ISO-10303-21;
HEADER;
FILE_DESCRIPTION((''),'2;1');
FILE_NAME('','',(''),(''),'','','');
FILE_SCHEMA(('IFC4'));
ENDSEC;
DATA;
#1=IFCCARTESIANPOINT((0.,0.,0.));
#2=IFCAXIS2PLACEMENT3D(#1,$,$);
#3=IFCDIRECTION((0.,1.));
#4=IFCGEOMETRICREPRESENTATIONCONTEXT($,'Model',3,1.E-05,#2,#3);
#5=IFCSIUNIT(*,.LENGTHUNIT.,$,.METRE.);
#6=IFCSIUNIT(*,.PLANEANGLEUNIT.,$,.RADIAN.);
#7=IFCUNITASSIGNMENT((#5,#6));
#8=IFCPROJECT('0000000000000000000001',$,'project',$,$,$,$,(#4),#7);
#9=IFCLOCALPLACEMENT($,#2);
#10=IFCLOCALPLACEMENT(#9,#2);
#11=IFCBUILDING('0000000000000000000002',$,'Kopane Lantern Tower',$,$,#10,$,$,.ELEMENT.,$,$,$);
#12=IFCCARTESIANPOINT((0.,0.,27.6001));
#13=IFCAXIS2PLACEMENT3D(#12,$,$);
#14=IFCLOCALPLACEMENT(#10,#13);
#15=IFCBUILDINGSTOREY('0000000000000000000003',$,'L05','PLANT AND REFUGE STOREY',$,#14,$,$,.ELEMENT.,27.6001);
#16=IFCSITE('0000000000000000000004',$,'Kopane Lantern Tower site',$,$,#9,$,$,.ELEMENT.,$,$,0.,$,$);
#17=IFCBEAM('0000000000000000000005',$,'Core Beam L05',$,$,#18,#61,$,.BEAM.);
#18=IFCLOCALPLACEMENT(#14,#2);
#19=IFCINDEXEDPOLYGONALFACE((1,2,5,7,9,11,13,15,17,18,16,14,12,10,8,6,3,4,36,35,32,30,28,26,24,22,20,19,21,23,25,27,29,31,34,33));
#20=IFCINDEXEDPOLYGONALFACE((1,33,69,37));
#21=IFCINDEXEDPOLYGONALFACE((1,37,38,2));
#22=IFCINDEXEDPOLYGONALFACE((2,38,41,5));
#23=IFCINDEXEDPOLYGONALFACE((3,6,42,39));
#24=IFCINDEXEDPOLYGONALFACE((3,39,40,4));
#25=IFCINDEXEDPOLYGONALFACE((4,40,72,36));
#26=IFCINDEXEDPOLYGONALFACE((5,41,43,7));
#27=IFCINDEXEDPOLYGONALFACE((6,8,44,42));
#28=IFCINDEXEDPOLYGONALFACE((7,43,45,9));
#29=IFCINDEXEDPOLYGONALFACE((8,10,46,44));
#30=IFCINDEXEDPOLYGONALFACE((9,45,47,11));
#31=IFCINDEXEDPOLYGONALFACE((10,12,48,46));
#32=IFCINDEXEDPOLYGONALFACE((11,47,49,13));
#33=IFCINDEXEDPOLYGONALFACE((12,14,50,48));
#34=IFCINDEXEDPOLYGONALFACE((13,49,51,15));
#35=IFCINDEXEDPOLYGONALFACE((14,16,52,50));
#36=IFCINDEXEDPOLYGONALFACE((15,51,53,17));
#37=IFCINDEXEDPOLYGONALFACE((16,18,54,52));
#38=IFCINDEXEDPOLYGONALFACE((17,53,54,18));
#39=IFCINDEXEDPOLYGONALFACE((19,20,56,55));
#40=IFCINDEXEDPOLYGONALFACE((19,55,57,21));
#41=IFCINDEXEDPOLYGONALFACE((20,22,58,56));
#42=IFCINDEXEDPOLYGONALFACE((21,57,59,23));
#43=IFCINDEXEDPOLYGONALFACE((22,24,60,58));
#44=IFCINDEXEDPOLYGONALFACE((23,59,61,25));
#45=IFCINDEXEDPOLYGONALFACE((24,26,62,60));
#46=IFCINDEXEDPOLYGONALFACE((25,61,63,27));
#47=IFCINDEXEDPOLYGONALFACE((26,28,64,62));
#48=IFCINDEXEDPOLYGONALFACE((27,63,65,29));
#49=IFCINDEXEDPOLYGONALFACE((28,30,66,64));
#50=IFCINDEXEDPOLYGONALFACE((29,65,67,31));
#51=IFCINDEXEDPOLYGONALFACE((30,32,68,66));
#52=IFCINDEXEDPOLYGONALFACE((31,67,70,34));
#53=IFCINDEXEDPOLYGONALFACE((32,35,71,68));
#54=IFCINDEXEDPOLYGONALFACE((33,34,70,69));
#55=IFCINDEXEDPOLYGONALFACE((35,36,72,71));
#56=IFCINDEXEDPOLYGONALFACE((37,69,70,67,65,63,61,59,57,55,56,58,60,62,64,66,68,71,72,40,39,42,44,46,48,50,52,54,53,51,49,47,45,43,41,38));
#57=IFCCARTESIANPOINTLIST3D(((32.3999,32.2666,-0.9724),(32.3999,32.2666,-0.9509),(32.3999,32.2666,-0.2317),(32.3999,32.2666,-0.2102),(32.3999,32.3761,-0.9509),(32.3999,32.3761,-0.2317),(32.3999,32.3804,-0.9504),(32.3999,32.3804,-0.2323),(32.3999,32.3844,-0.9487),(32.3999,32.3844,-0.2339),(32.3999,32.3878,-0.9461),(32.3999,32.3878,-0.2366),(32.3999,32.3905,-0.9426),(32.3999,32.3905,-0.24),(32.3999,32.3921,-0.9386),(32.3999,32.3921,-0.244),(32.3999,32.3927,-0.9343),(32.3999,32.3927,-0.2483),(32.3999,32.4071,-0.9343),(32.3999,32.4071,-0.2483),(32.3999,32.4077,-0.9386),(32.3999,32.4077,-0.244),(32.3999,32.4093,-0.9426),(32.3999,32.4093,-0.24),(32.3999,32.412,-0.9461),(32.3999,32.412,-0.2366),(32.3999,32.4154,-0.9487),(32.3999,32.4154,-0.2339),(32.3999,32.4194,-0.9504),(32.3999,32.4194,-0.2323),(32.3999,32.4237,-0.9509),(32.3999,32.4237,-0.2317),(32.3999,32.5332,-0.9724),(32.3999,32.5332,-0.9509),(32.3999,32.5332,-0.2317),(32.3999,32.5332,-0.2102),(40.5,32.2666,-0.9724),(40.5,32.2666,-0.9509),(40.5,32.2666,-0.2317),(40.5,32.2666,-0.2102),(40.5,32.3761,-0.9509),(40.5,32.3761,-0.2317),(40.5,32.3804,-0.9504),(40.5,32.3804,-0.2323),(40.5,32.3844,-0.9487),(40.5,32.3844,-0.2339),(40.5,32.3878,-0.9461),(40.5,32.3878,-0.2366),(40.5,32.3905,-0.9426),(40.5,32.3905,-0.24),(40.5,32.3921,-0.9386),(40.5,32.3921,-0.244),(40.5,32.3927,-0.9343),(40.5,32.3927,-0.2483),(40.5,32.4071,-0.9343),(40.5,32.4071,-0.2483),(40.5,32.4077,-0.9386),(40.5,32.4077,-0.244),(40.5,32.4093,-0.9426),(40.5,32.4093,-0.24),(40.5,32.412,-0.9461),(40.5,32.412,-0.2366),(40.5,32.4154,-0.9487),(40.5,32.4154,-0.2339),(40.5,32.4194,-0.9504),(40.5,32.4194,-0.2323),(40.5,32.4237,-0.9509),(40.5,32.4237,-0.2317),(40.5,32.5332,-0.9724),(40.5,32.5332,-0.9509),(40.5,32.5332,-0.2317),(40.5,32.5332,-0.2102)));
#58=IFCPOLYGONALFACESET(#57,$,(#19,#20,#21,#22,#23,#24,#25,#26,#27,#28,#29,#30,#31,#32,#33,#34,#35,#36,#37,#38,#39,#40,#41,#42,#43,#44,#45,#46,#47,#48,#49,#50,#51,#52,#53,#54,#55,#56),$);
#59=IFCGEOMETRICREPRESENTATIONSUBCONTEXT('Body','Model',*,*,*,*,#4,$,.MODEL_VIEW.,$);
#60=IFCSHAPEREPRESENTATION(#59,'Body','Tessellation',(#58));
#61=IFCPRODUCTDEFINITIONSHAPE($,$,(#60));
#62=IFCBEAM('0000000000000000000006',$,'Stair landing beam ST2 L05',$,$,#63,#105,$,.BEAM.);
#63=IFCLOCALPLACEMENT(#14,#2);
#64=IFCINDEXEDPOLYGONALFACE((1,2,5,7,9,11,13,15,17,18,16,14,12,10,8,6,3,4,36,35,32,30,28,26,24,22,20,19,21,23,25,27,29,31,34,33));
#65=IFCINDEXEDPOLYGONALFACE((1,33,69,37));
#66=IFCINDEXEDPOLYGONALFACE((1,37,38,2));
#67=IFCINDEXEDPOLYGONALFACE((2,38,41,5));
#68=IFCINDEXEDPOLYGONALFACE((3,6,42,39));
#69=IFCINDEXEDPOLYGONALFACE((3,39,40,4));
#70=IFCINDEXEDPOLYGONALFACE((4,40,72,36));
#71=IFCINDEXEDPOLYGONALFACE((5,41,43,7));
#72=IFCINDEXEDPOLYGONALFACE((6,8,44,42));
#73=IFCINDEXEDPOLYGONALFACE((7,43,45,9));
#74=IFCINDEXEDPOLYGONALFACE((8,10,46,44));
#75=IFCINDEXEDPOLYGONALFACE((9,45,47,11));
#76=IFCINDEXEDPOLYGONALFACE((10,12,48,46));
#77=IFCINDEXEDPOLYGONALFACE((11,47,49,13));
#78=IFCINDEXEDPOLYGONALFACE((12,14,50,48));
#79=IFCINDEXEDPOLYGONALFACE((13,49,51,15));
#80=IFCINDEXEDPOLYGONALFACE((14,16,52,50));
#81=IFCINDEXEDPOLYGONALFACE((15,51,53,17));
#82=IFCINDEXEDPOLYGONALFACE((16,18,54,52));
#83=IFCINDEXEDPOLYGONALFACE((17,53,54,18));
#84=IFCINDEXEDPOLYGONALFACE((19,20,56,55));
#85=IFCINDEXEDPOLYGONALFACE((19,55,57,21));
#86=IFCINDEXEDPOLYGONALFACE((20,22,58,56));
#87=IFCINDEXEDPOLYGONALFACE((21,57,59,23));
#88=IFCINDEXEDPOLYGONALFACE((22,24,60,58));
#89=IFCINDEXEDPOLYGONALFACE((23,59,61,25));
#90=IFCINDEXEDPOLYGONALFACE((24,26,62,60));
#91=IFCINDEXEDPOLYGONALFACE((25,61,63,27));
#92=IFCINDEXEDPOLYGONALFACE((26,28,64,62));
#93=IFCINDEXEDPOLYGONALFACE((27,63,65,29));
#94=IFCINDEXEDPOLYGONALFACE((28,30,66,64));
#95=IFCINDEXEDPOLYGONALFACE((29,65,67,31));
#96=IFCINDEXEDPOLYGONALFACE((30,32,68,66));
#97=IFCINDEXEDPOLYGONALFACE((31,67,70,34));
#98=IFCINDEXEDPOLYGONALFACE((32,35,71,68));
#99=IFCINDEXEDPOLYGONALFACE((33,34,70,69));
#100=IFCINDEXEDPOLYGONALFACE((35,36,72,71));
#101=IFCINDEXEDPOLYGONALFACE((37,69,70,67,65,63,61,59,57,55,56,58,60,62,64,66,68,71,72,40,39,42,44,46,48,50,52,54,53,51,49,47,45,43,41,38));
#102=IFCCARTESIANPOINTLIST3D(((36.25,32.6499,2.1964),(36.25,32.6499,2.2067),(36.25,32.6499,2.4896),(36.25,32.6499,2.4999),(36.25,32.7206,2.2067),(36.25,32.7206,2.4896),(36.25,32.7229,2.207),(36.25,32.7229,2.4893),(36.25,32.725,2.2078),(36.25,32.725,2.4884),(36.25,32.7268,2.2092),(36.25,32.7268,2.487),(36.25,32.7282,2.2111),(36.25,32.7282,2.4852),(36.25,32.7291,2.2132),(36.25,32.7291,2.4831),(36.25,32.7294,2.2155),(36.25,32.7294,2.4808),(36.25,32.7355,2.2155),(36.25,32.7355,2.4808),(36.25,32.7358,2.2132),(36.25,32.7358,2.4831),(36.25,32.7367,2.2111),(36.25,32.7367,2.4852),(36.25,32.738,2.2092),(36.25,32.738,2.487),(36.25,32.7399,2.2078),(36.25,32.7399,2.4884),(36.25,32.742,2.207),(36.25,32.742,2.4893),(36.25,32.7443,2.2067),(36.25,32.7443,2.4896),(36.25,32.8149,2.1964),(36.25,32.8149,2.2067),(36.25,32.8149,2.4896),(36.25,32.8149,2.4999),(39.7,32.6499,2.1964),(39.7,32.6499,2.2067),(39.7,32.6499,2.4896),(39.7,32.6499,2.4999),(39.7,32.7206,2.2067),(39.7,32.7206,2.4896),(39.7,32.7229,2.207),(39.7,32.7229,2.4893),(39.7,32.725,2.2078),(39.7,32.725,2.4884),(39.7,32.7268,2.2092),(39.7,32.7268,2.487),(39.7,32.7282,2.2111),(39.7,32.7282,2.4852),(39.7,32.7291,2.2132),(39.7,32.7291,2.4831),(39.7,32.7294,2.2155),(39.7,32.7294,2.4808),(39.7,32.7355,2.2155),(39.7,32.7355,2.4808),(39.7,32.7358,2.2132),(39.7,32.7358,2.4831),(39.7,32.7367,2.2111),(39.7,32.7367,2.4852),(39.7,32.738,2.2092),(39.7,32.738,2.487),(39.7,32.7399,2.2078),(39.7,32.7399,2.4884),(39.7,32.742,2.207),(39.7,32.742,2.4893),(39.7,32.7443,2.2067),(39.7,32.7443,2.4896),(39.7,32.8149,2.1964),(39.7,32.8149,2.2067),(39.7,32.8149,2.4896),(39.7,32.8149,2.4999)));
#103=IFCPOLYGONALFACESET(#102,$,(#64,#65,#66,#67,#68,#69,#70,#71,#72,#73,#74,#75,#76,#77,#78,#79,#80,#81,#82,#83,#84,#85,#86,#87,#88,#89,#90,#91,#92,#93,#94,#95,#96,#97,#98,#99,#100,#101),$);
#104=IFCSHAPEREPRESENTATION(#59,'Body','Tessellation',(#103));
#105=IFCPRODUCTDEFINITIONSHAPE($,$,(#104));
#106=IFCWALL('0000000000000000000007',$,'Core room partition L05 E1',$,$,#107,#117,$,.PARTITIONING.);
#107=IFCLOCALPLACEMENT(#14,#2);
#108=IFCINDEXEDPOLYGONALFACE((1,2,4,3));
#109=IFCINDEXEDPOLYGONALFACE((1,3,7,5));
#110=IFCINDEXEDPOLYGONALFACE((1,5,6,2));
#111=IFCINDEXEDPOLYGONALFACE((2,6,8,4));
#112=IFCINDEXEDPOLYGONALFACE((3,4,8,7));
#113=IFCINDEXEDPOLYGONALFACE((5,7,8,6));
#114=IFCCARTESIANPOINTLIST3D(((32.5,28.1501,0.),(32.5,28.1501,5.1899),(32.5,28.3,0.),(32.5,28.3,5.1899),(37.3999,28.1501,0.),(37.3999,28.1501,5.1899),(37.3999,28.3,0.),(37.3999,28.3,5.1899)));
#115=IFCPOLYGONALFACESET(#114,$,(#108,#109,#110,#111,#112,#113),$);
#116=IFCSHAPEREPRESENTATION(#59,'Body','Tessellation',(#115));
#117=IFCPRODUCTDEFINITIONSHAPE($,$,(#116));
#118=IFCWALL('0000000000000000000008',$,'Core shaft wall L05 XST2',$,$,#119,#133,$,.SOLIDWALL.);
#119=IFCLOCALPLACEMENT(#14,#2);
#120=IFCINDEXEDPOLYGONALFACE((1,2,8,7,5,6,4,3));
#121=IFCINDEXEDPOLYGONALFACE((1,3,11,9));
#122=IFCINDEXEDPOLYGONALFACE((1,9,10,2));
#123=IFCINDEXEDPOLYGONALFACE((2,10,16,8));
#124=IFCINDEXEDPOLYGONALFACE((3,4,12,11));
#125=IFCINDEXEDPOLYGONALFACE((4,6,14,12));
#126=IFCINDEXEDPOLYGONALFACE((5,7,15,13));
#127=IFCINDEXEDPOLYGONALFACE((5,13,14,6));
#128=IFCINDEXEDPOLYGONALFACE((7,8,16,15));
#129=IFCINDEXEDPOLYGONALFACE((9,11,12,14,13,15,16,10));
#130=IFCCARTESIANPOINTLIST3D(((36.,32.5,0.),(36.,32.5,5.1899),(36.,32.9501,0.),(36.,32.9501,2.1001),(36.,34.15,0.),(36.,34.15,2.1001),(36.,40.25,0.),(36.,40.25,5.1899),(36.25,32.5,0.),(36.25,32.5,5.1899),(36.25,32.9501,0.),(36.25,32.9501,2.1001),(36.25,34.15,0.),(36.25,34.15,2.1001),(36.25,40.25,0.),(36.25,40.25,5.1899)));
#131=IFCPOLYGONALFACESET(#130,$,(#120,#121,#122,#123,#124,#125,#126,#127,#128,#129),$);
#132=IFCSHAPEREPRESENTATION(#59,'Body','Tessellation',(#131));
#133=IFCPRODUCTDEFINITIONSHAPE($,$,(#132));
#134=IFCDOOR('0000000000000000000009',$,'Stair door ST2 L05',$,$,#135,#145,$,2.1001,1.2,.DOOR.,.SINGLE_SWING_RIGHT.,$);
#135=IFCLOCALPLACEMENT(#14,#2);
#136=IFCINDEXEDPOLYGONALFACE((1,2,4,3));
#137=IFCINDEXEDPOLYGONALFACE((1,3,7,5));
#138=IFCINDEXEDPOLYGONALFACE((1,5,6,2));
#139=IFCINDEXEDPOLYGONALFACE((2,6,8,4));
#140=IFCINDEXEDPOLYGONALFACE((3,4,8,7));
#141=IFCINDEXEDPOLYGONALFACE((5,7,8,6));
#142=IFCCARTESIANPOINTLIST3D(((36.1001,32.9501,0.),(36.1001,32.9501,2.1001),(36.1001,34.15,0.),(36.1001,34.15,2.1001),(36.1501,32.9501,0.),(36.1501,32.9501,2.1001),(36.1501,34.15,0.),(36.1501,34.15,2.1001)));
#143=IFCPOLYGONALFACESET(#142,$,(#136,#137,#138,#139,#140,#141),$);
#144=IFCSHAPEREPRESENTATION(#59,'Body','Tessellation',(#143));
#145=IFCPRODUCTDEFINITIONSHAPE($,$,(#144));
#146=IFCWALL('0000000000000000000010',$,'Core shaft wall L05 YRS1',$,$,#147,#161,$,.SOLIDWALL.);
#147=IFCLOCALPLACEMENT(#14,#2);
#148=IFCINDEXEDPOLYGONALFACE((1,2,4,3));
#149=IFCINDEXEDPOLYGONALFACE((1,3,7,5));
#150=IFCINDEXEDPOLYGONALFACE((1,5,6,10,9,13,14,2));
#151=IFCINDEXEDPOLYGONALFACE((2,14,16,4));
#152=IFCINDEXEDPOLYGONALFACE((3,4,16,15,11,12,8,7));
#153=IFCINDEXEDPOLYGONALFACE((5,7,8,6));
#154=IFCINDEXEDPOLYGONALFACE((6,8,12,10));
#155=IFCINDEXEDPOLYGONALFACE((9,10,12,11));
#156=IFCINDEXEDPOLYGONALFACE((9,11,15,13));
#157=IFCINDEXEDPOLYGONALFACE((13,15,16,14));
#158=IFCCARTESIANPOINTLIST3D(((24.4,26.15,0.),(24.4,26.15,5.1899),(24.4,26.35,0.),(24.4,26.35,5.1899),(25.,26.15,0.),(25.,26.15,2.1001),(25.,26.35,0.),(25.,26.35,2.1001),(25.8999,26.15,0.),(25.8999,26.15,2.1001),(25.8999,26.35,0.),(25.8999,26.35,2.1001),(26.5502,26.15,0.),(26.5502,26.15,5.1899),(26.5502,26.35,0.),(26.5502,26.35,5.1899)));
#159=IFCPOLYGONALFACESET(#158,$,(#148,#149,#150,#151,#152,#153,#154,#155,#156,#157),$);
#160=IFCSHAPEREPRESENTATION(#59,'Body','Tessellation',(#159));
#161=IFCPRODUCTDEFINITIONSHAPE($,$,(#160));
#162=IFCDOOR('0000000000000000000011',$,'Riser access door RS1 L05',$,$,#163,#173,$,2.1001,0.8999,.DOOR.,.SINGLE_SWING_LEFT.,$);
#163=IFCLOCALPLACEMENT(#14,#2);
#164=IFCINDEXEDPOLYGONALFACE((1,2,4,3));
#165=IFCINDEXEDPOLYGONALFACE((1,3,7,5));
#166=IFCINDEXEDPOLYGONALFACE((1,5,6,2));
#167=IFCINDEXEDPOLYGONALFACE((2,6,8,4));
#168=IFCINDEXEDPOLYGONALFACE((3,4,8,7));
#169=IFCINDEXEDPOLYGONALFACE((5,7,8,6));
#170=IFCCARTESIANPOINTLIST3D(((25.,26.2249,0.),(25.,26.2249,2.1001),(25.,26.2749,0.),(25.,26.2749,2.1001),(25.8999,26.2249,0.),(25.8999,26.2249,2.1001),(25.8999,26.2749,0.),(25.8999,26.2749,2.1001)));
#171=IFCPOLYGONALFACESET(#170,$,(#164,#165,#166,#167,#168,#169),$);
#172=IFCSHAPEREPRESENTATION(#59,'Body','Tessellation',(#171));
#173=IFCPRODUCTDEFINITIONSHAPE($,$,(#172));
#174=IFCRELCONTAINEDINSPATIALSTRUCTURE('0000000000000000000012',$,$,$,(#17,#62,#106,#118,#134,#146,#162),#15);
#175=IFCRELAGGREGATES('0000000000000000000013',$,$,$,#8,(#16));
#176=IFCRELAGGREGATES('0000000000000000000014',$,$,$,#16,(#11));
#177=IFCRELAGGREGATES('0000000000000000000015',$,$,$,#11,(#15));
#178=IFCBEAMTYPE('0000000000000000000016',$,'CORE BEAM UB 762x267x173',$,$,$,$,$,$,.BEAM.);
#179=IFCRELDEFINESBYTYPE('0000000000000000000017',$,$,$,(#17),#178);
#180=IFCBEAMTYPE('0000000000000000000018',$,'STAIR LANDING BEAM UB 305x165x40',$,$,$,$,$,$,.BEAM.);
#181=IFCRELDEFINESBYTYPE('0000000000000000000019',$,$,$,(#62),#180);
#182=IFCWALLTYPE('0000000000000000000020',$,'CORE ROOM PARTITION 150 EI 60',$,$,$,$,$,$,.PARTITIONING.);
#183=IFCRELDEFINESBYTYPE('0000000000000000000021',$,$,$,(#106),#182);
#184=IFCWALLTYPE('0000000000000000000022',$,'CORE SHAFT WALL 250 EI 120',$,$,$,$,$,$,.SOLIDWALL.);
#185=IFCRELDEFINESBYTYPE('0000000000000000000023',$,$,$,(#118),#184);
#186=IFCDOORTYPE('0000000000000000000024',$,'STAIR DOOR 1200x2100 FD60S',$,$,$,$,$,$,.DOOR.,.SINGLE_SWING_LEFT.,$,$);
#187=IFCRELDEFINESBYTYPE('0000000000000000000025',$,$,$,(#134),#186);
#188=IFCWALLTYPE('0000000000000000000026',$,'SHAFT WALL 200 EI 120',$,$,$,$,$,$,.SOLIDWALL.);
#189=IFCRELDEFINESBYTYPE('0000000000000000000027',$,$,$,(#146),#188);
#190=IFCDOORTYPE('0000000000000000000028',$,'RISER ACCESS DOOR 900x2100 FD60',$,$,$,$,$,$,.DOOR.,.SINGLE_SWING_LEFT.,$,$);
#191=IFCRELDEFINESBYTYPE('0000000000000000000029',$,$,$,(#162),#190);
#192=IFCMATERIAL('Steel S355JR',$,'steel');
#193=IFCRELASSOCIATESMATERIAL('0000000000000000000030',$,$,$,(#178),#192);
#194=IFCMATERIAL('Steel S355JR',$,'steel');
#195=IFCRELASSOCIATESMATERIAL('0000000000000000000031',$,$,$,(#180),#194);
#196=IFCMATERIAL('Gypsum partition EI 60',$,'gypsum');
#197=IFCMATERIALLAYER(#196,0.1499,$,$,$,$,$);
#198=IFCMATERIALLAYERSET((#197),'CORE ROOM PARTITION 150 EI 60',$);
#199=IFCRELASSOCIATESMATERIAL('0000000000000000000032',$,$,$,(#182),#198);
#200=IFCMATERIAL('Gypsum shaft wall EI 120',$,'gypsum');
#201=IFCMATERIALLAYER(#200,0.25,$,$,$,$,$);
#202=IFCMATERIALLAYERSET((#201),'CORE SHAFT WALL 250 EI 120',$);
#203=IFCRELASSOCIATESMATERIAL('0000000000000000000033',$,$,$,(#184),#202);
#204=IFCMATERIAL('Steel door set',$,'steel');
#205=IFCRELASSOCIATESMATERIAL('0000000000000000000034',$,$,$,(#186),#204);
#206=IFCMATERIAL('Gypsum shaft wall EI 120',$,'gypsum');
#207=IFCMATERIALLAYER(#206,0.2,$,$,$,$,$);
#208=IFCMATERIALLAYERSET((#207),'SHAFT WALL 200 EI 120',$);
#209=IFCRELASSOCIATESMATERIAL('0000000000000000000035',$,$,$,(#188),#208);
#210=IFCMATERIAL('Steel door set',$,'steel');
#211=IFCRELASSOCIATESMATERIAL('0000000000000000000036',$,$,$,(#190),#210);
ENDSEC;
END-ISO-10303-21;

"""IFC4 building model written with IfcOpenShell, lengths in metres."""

from ifc_helpers import new_model, si_unit, direction, frame, frame_2d, origin, origin_2d, place, context, subcontext, project, spatial, rectangle, i_section, extrude, material, layer, layer_set, material_profile, profile_set, type_object, element, fill, save


model = new_model("IFC4")

# Units and contexts
model_context = context("Model", 3, precision=1e-05, world=origin(), true_north=direction((0.0, 1.0)))
body_context = subcontext(model_context, "Body", "Model", "MODEL_VIEW")
ifc_project = project(units=[si_unit("LENGTHUNIT", "METRE"), si_unit("PLANEANGLEUNIT", "RADIAN")], contexts=[model_context])

# Site, building, storey
site_placement = place(None, origin())
site = spatial("IfcSite", under=ifc_project, at=site_placement, Name="Kopane Lantern Tower site", CompositionType="ELEMENT", RefElevation=0.0)
building_placement = place(site_placement, origin())
building = spatial("IfcBuilding", under=site, at=building_placement, Name="Kopane Lantern Tower", CompositionType="ELEMENT")
storey_placement = place(building_placement, frame((0.0, 0.0, 27.6001)))
storey = spatial("IfcBuildingStorey", under=building, at=storey_placement, Name="L05", Description="PLANT AND REFUGE STOREY", CompositionType="ELEMENT", Elevation=27.6001)

# Beams
ifc_material_1 = material(Name="Steel S355JR", Category="steel")
ifc_material_profile_1 = material_profile(ifc_material_1, i_section(OverallWidth=0.2666, OverallDepth=0.7622, WebThickness=0.0144, FlangeThickness=0.0215, FilletRadius=0.0166, at=origin_2d()), Name="UB 762x267x173")
ifc_profile_set_1 = profile_set([ifc_material_profile_1], Name="Steel S355JR")
beam_type_1 = type_object("IfcBeamType", Name="CORE BEAM UB 762x267x173", PredefinedType="BEAM", material=ifc_profile_set_1)
for number, where, z_axis, x_axis, name in (
    (1, (32.3999, 32.3999, -0.5913), (1.0, 0.0, 0.0), (0.0, 1.0, 0.0), "Core Beam L05"),
):
    element("IfcBeam", number, at=place(storey_placement, frame(where, z_axis=z_axis, x_axis=x_axis)), inside=storey, type_object=beam_type_1, Name=name, PredefinedType="BEAM", context=body_context, shape_type="SweptSolid", body=[
        extrude(i_section(OverallWidth=0.2666, OverallDepth=0.7622, WebThickness=0.0144, FlangeThickness=0.0215, FilletRadius=0.0166, at=origin_2d()), origin(), (0.0, 0.0, 1.0), 8.1001),
    ])
ifc_material_2 = material(Name="Steel S355JR", Category="steel")
ifc_material_profile_2 = material_profile(ifc_material_2, i_section(OverallWidth=0.165, OverallDepth=0.3035, WebThickness=0.0061, FlangeThickness=0.0103, FilletRadius=0.0088, at=origin_2d()), Name="UB 305x165x40")
ifc_profile_set_2 = profile_set([ifc_material_profile_2], Name="Steel S355JR")
beam_type_2 = type_object("IfcBeamType", Name="STAIR LANDING BEAM UB 305x165x40", PredefinedType="BEAM", material=ifc_profile_set_2)
beam_1_placement = place(storey_placement, frame((39.7, 32.7324, 2.3481), z_axis=(-1.0, 0.0, 0.0), x_axis=(0.0, -1.0, 0.0)))
element("IfcBeam", 2, at=beam_1_placement, inside=storey, type_object=beam_type_2, Name="Stair landing beam ST2 L05", PredefinedType="BEAM", context=body_context, shape_type="SweptSolid", body=[
    extrude(i_section(OverallWidth=0.165, OverallDepth=0.3035, WebThickness=0.0061, FlangeThickness=0.0103, FilletRadius=0.0088, at=origin_2d()), origin(), (0.0, 0.0, 1.0), 3.45),
])

# Wall
ifc_material_3 = material(Name="Gypsum partition EI 60", Category="gypsum")
ifc_layer_1 = layer(ifc_material_3, 0.1499)
ifc_layer_set_1 = layer_set([ifc_layer_1], Name="CORE ROOM PARTITION 150 EI 60")
wall_type_1 = type_object("IfcWallType", Name="CORE ROOM PARTITION 150 EI 60", PredefinedType="PARTITIONING", material=ifc_layer_set_1)
wall_1_placement = place(storey_placement, frame((32.5, 28.2251, 0.0), z_axis=(0.0, 0.0, 1.0), x_axis=(1.0, 0.0, 0.0)))
element("IfcWall", 3, at=wall_1_placement, inside=storey, type_object=wall_type_1, Name="Core room partition L05 E1", PredefinedType="PARTITIONING", context=body_context, shape_type="SweptSolid", body=[
    extrude(rectangle(XDim=4.8999, YDim=0.1499, at=frame_2d((2.45, 0.0))), origin(), (0.0, 0.0, 1.0), 5.1899),
])

# Walls, openings, doors
ifc_material_4 = material(Name="Gypsum shaft wall EI 120", Category="gypsum")
ifc_layer_2 = layer(ifc_material_4, 0.25)
ifc_layer_set_2 = layer_set([ifc_layer_2], Name="CORE SHAFT WALL 250 EI 120")
wall_type_2 = type_object("IfcWallType", Name="CORE SHAFT WALL 250 EI 120", PredefinedType="SOLIDWALL", material=ifc_layer_set_2)
wall_2_placement = place(storey_placement, frame((36.125, 32.5, 0.0), z_axis=(0.0, 0.0, 1.0), x_axis=(0.0, 1.0, 0.0)))
wall_2 = element("IfcWall", 4, at=wall_2_placement, inside=storey, type_object=wall_type_2, Name="Core shaft wall L05 XST2", PredefinedType="SOLIDWALL", context=body_context, shape_type="SweptSolid", body=[
    extrude(rectangle(XDim=7.75, YDim=0.25, at=frame_2d((3.875, 0.0))), origin(), (0.0, 0.0, 1.0), 5.1899),
])
opening_1_placement = place(wall_2_placement, frame((0.45, 0.0, 0.0)))
opening_1 = element("IfcOpeningElement", 5, at=opening_1_placement, cuts=wall_2, PredefinedType="OPENING", context=body_context, shape_type="SweptSolid", body=[
    extrude(rectangle(XDim=1.2, YDim=2.1001, at=frame_2d((0.6001, 1.05))), frame((0.0, 0.135, 0.0), z_axis=(0.0, -1.0, 0.0), x_axis=(1.0, 0.0, 0.0)), (0.0, 0.0, 1.0), 0.27),
])
ifc_material_5 = material(Name="Steel door set", Category="steel")
door_type_1 = type_object("IfcDoorType", Name="STAIR DOOR 1200x2100 FD60S", OperationType="SINGLE_SWING_LEFT", PredefinedType="DOOR", material=ifc_material_5)
door_1_placement = place(opening_1_placement, origin())
door_1 = element("IfcDoor", 6, at=door_1_placement, inside=storey, type_object=door_type_1, Name="Stair door ST2 L05", OperationType="SINGLE_SWING_RIGHT", OverallHeight=2.1001, OverallWidth=1.2, PredefinedType="DOOR", context=body_context, shape_type="SweptSolid", body=[
    extrude(rectangle(XDim=1.2, YDim=2.1001, at=frame_2d((0.6001, 1.05))), frame((0.0, 0.0249, 0.0), z_axis=(0.0, -1.0, 0.0), x_axis=(1.0, 0.0, 0.0)), (0.0, 0.0, 1.0), 0.05),
])
fill(opening_1, door_1)
ifc_material_6 = material(Name="Gypsum shaft wall EI 120", Category="gypsum")
ifc_layer_3 = layer(ifc_material_6, 0.2)
ifc_layer_set_3 = layer_set([ifc_layer_3], Name="SHAFT WALL 200 EI 120")
wall_type_3 = type_object("IfcWallType", Name="SHAFT WALL 200 EI 120", PredefinedType="SOLIDWALL", material=ifc_layer_set_3)
wall_3_placement = place(storey_placement, frame((24.3999, 26.25, 0.0), z_axis=(0.0, 0.0, 1.0), x_axis=(1.0, 0.0, 0.0)))
wall_3 = element("IfcWall", 7, at=wall_3_placement, inside=storey, type_object=wall_type_3, Name="Core shaft wall L05 YRS1", PredefinedType="SOLIDWALL", context=body_context, shape_type="SweptSolid", body=[
    extrude(rectangle(XDim=2.1501, YDim=0.2, at=frame_2d((1.0752, 0.0))), origin(), (0.0, 0.0, 1.0), 5.1899),
])
opening_2_placement = place(wall_3_placement, frame((0.6001, 0.0, 0.0)))
opening_2 = element("IfcOpeningElement", 8, at=opening_2_placement, cuts=wall_3, PredefinedType="OPENING", context=body_context, shape_type="SweptSolid", body=[
    extrude(rectangle(XDim=0.8999, YDim=2.1001, at=frame_2d((0.45, 1.05))), frame((0.0, 0.1099, 0.0), z_axis=(0.0, -1.0, 0.0), x_axis=(1.0, 0.0, 0.0)), (0.0, 0.0, 1.0), 0.22),
])
ifc_material_7 = material(Name="Steel door set", Category="steel")
door_type_2 = type_object("IfcDoorType", Name="RISER ACCESS DOOR 900x2100 FD60", OperationType="SINGLE_SWING_LEFT", PredefinedType="DOOR", material=ifc_material_7)
door_2_placement = place(opening_2_placement, origin())
door_2 = element("IfcDoor", 9, at=door_2_placement, inside=storey, type_object=door_type_2, Name="Riser access door RS1 L05", OperationType="SINGLE_SWING_LEFT", OverallHeight=2.1001, OverallWidth=0.8999, PredefinedType="DOOR", context=body_context, shape_type="SweptSolid", body=[
    extrude(rectangle(XDim=0.8999, YDim=2.1001, at=frame_2d((0.45, 1.05))), frame((0.0, 0.0249, 0.0), z_axis=(0.0, -1.0, 0.0), x_axis=(1.0, 0.0, 0.0)), (0.0, 0.0, 1.0), 0.05),
])
fill(opening_2, door_2)

save(model, "model.ifc")
